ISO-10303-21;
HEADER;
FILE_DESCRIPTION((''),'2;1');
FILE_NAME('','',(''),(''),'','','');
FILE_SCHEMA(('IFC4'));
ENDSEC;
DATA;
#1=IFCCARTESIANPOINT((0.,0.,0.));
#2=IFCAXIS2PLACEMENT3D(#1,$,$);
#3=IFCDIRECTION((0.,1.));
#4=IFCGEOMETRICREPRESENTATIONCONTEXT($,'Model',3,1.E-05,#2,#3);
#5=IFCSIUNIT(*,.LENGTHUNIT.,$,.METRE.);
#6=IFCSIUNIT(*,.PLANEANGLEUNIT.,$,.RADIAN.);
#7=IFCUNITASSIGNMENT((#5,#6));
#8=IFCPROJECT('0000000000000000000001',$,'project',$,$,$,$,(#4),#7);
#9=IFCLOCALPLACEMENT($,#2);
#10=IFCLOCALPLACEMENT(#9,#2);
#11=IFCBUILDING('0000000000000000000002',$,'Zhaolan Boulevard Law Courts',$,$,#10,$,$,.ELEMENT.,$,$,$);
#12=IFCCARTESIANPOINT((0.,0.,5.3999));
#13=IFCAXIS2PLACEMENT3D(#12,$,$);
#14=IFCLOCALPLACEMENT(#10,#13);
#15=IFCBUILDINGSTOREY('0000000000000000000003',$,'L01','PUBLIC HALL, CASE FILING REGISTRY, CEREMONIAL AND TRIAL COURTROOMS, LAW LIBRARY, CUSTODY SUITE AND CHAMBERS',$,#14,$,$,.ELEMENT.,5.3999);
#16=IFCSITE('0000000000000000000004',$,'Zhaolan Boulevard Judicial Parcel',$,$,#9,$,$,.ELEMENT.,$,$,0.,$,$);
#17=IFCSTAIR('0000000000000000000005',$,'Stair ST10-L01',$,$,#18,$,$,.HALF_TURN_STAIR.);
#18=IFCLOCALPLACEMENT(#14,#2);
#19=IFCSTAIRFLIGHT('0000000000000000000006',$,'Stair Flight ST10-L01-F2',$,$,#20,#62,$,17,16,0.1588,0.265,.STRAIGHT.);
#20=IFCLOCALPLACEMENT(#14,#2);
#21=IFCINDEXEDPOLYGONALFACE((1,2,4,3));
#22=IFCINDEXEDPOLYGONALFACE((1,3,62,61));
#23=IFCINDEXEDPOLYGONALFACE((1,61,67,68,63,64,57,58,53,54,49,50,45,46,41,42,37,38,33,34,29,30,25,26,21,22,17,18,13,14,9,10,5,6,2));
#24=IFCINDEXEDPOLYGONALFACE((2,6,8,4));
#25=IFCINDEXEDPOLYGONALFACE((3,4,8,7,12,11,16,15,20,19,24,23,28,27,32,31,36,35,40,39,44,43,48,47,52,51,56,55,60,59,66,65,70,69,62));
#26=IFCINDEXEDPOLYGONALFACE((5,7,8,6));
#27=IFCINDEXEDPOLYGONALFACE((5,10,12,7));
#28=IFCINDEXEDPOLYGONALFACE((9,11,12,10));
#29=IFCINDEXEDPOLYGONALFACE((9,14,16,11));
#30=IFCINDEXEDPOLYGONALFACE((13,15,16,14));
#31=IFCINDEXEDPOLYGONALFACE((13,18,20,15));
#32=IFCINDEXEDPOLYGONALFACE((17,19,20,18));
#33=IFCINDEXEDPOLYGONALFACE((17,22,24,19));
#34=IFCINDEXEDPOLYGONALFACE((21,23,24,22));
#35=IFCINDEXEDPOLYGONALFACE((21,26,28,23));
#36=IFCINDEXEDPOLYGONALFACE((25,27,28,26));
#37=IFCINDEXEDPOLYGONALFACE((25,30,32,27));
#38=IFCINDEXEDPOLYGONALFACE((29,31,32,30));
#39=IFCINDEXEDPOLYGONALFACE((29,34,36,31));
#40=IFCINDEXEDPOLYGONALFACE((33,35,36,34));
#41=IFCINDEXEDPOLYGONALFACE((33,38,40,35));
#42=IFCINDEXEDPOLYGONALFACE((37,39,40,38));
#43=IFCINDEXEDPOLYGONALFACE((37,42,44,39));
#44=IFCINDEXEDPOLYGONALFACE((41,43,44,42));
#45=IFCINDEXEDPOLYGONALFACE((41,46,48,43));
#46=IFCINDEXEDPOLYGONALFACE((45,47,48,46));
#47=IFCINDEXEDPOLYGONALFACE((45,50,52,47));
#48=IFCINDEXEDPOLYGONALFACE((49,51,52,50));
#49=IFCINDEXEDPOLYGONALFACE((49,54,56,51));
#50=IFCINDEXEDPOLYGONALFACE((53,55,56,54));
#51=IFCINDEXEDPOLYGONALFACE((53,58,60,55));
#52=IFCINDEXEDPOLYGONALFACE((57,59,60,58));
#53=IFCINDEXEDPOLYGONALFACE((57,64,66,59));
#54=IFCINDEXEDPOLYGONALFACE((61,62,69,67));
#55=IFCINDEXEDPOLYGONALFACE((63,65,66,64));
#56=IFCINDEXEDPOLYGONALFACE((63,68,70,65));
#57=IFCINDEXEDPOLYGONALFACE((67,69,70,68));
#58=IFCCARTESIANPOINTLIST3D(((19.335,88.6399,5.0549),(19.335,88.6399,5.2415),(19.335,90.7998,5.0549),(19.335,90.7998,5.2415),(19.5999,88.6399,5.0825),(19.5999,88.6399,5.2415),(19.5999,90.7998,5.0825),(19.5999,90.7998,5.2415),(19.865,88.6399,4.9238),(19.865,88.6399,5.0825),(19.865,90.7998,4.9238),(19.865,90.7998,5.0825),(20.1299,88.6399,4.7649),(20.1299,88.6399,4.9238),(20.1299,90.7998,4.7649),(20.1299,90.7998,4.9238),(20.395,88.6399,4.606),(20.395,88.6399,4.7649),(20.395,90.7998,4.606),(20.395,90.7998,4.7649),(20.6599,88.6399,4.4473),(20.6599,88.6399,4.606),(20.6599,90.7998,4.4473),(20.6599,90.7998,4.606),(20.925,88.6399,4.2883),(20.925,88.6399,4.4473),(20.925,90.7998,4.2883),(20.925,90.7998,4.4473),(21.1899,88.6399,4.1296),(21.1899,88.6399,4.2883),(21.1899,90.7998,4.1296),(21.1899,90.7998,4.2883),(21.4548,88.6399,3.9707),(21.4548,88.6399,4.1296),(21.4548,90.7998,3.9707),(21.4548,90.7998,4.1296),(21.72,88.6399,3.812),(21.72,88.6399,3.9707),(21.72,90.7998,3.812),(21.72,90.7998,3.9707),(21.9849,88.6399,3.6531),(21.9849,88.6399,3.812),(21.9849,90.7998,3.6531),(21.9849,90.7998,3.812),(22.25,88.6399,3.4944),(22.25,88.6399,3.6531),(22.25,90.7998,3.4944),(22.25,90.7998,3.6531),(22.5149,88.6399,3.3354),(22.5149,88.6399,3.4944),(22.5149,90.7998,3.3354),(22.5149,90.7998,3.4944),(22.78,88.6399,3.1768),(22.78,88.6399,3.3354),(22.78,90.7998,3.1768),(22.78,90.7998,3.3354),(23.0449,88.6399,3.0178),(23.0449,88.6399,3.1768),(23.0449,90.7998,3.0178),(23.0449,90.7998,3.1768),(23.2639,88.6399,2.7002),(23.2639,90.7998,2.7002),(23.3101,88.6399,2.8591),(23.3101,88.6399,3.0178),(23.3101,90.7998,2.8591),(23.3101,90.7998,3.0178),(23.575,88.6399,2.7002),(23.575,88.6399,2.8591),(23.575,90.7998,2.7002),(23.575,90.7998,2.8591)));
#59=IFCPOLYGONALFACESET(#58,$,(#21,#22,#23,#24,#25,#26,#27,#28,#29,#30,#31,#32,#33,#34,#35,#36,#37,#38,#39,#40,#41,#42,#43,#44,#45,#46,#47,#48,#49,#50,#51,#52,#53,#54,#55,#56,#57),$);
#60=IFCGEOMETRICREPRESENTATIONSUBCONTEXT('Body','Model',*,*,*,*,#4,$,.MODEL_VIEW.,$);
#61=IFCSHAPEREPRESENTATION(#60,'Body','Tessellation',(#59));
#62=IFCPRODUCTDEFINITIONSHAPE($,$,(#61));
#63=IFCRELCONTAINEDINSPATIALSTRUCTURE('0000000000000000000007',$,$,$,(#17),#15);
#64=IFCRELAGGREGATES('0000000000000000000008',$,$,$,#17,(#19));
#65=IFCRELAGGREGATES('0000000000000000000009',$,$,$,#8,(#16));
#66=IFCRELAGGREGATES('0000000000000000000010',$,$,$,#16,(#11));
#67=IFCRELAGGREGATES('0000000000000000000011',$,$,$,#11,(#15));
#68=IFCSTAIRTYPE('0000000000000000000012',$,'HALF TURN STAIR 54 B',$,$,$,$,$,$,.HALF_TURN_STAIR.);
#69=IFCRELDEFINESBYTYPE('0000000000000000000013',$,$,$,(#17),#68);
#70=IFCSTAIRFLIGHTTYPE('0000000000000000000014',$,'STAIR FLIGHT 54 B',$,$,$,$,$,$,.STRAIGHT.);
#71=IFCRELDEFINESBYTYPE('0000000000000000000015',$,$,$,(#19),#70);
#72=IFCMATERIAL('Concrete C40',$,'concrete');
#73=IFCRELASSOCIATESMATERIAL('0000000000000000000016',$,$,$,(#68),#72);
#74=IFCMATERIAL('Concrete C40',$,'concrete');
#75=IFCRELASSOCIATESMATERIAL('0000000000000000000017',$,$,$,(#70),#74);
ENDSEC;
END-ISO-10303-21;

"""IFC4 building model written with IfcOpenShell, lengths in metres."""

from ifc_helpers import new_model, si_unit, direction, frame, origin, place, context, subcontext, project, spatial, polyline, outline, extrude, material, type_object, element, aggregate, save


model = new_model("IFC4")

# Units and contexts
model_context = context("Model", 3, precision=1e-05, world=origin(), true_north=direction((0.0, 1.0)))
body_context = subcontext(model_context, "Body", "Model", "MODEL_VIEW")
ifc_project = project(units=[si_unit("LENGTHUNIT", "METRE"), si_unit("PLANEANGLEUNIT", "RADIAN")], contexts=[model_context])

# Site, building, storey
site_placement = place(None, origin())
site = spatial("IfcSite", under=ifc_project, at=site_placement, Name="Zhaolan Boulevard Judicial Parcel", CompositionType="ELEMENT", RefElevation=0.0)
building_placement = place(site_placement, origin())
building = spatial("IfcBuilding", under=site, at=building_placement, Name="Zhaolan Boulevard Law Courts", CompositionType="ELEMENT")
storey_placement = place(building_placement, frame((0.0, 0.0, 5.3999)))
storey = spatial("IfcBuildingStorey", under=building, at=storey_placement, Name="L01", Description="PUBLIC HALL, CASE FILING REGISTRY, CEREMONIAL AND TRIAL COURTROOMS, LAW LIBRARY, CUSTODY SUITE AND CHAMBERS", CompositionType="ELEMENT", Elevation=5.3999)

# Stair, stair flight
ifc_material_1 = material(Name="Concrete C40", Category="concrete")
stair_type = type_object("IfcStairType", Name="HALF TURN STAIR 54 B", PredefinedType="HALF_TURN_STAIR", material=ifc_material_1)
stair_placement = place(storey_placement, origin())
stair = element("IfcStair", 1, at=stair_placement, inside=storey, type_object=stair_type, Name="Stair ST10-L01", PredefinedType="HALF_TURN_STAIR")
ifc_material_2 = material(Name="Concrete C40", Category="concrete")
stair_flight_type = type_object("IfcStairFlightType", Name="STAIR FLIGHT 54 B", PredefinedType="STRAIGHT", material=ifc_material_2)
stair_flight_1_placement = place(storey_placement, frame((23.575, 89.72, 2.7002), z_axis=(0.0, 0.0, 1.0), x_axis=(-1.0, 0.0, 0.0)))
stair_flight_1 = element("IfcStairFlight", 2, at=stair_flight_1_placement, type_object=stair_flight_type, Name="Stair Flight ST10-L01-F2", NumberOfRisers=17, NumberOfTreads=16, PredefinedType="STRAIGHT", RiserHeight=0.1588, TreadLength=0.265, context=body_context, shape_type="SweptSolid", body=[
    extrude(outline(polyline([(0.0, 0.0), (0.0, 0.1589), (0.2649, 0.1589), (0.2649, 0.3176), (0.53, 0.3176), (0.53, 0.4766), (0.7949, 0.4766), (0.7949, 0.6353), (1.0601, 0.6353), (1.0601, 0.7942), (1.325, 0.7942), (1.325, 0.9529), (1.5901, 0.9529), (1.5901, 1.1118), (1.855, 1.1118), (1.855, 1.2705), (2.1201, 1.2705), (2.1201, 1.4294), (2.385, 1.4294), (2.385, 1.5881), (2.6499, 1.5881), (2.6499, 1.7471), (2.915, 1.7471), (2.915, 1.9058), (3.1799, 1.9058), (3.1799, 2.0647), (3.4451, 2.0647), (3.4451, 2.2236), (3.71, 2.2236), (3.71, 2.3823), (3.9751, 2.3823), (3.9751, 2.5413), (4.24, 2.5413), (4.24, 2.7), (4.24, 2.3547), (0.311, 0.0), (0.0, 0.0)])), frame((0.0, 1.0801, 0.0), z_axis=(0.0, -1.0, 0.0), x_axis=(1.0, 0.0, 0.0)), (0.0, 0.0, 1.0), 2.1599),
])
aggregate(stair, [stair_flight_1])

save(model, "model.ifc")
